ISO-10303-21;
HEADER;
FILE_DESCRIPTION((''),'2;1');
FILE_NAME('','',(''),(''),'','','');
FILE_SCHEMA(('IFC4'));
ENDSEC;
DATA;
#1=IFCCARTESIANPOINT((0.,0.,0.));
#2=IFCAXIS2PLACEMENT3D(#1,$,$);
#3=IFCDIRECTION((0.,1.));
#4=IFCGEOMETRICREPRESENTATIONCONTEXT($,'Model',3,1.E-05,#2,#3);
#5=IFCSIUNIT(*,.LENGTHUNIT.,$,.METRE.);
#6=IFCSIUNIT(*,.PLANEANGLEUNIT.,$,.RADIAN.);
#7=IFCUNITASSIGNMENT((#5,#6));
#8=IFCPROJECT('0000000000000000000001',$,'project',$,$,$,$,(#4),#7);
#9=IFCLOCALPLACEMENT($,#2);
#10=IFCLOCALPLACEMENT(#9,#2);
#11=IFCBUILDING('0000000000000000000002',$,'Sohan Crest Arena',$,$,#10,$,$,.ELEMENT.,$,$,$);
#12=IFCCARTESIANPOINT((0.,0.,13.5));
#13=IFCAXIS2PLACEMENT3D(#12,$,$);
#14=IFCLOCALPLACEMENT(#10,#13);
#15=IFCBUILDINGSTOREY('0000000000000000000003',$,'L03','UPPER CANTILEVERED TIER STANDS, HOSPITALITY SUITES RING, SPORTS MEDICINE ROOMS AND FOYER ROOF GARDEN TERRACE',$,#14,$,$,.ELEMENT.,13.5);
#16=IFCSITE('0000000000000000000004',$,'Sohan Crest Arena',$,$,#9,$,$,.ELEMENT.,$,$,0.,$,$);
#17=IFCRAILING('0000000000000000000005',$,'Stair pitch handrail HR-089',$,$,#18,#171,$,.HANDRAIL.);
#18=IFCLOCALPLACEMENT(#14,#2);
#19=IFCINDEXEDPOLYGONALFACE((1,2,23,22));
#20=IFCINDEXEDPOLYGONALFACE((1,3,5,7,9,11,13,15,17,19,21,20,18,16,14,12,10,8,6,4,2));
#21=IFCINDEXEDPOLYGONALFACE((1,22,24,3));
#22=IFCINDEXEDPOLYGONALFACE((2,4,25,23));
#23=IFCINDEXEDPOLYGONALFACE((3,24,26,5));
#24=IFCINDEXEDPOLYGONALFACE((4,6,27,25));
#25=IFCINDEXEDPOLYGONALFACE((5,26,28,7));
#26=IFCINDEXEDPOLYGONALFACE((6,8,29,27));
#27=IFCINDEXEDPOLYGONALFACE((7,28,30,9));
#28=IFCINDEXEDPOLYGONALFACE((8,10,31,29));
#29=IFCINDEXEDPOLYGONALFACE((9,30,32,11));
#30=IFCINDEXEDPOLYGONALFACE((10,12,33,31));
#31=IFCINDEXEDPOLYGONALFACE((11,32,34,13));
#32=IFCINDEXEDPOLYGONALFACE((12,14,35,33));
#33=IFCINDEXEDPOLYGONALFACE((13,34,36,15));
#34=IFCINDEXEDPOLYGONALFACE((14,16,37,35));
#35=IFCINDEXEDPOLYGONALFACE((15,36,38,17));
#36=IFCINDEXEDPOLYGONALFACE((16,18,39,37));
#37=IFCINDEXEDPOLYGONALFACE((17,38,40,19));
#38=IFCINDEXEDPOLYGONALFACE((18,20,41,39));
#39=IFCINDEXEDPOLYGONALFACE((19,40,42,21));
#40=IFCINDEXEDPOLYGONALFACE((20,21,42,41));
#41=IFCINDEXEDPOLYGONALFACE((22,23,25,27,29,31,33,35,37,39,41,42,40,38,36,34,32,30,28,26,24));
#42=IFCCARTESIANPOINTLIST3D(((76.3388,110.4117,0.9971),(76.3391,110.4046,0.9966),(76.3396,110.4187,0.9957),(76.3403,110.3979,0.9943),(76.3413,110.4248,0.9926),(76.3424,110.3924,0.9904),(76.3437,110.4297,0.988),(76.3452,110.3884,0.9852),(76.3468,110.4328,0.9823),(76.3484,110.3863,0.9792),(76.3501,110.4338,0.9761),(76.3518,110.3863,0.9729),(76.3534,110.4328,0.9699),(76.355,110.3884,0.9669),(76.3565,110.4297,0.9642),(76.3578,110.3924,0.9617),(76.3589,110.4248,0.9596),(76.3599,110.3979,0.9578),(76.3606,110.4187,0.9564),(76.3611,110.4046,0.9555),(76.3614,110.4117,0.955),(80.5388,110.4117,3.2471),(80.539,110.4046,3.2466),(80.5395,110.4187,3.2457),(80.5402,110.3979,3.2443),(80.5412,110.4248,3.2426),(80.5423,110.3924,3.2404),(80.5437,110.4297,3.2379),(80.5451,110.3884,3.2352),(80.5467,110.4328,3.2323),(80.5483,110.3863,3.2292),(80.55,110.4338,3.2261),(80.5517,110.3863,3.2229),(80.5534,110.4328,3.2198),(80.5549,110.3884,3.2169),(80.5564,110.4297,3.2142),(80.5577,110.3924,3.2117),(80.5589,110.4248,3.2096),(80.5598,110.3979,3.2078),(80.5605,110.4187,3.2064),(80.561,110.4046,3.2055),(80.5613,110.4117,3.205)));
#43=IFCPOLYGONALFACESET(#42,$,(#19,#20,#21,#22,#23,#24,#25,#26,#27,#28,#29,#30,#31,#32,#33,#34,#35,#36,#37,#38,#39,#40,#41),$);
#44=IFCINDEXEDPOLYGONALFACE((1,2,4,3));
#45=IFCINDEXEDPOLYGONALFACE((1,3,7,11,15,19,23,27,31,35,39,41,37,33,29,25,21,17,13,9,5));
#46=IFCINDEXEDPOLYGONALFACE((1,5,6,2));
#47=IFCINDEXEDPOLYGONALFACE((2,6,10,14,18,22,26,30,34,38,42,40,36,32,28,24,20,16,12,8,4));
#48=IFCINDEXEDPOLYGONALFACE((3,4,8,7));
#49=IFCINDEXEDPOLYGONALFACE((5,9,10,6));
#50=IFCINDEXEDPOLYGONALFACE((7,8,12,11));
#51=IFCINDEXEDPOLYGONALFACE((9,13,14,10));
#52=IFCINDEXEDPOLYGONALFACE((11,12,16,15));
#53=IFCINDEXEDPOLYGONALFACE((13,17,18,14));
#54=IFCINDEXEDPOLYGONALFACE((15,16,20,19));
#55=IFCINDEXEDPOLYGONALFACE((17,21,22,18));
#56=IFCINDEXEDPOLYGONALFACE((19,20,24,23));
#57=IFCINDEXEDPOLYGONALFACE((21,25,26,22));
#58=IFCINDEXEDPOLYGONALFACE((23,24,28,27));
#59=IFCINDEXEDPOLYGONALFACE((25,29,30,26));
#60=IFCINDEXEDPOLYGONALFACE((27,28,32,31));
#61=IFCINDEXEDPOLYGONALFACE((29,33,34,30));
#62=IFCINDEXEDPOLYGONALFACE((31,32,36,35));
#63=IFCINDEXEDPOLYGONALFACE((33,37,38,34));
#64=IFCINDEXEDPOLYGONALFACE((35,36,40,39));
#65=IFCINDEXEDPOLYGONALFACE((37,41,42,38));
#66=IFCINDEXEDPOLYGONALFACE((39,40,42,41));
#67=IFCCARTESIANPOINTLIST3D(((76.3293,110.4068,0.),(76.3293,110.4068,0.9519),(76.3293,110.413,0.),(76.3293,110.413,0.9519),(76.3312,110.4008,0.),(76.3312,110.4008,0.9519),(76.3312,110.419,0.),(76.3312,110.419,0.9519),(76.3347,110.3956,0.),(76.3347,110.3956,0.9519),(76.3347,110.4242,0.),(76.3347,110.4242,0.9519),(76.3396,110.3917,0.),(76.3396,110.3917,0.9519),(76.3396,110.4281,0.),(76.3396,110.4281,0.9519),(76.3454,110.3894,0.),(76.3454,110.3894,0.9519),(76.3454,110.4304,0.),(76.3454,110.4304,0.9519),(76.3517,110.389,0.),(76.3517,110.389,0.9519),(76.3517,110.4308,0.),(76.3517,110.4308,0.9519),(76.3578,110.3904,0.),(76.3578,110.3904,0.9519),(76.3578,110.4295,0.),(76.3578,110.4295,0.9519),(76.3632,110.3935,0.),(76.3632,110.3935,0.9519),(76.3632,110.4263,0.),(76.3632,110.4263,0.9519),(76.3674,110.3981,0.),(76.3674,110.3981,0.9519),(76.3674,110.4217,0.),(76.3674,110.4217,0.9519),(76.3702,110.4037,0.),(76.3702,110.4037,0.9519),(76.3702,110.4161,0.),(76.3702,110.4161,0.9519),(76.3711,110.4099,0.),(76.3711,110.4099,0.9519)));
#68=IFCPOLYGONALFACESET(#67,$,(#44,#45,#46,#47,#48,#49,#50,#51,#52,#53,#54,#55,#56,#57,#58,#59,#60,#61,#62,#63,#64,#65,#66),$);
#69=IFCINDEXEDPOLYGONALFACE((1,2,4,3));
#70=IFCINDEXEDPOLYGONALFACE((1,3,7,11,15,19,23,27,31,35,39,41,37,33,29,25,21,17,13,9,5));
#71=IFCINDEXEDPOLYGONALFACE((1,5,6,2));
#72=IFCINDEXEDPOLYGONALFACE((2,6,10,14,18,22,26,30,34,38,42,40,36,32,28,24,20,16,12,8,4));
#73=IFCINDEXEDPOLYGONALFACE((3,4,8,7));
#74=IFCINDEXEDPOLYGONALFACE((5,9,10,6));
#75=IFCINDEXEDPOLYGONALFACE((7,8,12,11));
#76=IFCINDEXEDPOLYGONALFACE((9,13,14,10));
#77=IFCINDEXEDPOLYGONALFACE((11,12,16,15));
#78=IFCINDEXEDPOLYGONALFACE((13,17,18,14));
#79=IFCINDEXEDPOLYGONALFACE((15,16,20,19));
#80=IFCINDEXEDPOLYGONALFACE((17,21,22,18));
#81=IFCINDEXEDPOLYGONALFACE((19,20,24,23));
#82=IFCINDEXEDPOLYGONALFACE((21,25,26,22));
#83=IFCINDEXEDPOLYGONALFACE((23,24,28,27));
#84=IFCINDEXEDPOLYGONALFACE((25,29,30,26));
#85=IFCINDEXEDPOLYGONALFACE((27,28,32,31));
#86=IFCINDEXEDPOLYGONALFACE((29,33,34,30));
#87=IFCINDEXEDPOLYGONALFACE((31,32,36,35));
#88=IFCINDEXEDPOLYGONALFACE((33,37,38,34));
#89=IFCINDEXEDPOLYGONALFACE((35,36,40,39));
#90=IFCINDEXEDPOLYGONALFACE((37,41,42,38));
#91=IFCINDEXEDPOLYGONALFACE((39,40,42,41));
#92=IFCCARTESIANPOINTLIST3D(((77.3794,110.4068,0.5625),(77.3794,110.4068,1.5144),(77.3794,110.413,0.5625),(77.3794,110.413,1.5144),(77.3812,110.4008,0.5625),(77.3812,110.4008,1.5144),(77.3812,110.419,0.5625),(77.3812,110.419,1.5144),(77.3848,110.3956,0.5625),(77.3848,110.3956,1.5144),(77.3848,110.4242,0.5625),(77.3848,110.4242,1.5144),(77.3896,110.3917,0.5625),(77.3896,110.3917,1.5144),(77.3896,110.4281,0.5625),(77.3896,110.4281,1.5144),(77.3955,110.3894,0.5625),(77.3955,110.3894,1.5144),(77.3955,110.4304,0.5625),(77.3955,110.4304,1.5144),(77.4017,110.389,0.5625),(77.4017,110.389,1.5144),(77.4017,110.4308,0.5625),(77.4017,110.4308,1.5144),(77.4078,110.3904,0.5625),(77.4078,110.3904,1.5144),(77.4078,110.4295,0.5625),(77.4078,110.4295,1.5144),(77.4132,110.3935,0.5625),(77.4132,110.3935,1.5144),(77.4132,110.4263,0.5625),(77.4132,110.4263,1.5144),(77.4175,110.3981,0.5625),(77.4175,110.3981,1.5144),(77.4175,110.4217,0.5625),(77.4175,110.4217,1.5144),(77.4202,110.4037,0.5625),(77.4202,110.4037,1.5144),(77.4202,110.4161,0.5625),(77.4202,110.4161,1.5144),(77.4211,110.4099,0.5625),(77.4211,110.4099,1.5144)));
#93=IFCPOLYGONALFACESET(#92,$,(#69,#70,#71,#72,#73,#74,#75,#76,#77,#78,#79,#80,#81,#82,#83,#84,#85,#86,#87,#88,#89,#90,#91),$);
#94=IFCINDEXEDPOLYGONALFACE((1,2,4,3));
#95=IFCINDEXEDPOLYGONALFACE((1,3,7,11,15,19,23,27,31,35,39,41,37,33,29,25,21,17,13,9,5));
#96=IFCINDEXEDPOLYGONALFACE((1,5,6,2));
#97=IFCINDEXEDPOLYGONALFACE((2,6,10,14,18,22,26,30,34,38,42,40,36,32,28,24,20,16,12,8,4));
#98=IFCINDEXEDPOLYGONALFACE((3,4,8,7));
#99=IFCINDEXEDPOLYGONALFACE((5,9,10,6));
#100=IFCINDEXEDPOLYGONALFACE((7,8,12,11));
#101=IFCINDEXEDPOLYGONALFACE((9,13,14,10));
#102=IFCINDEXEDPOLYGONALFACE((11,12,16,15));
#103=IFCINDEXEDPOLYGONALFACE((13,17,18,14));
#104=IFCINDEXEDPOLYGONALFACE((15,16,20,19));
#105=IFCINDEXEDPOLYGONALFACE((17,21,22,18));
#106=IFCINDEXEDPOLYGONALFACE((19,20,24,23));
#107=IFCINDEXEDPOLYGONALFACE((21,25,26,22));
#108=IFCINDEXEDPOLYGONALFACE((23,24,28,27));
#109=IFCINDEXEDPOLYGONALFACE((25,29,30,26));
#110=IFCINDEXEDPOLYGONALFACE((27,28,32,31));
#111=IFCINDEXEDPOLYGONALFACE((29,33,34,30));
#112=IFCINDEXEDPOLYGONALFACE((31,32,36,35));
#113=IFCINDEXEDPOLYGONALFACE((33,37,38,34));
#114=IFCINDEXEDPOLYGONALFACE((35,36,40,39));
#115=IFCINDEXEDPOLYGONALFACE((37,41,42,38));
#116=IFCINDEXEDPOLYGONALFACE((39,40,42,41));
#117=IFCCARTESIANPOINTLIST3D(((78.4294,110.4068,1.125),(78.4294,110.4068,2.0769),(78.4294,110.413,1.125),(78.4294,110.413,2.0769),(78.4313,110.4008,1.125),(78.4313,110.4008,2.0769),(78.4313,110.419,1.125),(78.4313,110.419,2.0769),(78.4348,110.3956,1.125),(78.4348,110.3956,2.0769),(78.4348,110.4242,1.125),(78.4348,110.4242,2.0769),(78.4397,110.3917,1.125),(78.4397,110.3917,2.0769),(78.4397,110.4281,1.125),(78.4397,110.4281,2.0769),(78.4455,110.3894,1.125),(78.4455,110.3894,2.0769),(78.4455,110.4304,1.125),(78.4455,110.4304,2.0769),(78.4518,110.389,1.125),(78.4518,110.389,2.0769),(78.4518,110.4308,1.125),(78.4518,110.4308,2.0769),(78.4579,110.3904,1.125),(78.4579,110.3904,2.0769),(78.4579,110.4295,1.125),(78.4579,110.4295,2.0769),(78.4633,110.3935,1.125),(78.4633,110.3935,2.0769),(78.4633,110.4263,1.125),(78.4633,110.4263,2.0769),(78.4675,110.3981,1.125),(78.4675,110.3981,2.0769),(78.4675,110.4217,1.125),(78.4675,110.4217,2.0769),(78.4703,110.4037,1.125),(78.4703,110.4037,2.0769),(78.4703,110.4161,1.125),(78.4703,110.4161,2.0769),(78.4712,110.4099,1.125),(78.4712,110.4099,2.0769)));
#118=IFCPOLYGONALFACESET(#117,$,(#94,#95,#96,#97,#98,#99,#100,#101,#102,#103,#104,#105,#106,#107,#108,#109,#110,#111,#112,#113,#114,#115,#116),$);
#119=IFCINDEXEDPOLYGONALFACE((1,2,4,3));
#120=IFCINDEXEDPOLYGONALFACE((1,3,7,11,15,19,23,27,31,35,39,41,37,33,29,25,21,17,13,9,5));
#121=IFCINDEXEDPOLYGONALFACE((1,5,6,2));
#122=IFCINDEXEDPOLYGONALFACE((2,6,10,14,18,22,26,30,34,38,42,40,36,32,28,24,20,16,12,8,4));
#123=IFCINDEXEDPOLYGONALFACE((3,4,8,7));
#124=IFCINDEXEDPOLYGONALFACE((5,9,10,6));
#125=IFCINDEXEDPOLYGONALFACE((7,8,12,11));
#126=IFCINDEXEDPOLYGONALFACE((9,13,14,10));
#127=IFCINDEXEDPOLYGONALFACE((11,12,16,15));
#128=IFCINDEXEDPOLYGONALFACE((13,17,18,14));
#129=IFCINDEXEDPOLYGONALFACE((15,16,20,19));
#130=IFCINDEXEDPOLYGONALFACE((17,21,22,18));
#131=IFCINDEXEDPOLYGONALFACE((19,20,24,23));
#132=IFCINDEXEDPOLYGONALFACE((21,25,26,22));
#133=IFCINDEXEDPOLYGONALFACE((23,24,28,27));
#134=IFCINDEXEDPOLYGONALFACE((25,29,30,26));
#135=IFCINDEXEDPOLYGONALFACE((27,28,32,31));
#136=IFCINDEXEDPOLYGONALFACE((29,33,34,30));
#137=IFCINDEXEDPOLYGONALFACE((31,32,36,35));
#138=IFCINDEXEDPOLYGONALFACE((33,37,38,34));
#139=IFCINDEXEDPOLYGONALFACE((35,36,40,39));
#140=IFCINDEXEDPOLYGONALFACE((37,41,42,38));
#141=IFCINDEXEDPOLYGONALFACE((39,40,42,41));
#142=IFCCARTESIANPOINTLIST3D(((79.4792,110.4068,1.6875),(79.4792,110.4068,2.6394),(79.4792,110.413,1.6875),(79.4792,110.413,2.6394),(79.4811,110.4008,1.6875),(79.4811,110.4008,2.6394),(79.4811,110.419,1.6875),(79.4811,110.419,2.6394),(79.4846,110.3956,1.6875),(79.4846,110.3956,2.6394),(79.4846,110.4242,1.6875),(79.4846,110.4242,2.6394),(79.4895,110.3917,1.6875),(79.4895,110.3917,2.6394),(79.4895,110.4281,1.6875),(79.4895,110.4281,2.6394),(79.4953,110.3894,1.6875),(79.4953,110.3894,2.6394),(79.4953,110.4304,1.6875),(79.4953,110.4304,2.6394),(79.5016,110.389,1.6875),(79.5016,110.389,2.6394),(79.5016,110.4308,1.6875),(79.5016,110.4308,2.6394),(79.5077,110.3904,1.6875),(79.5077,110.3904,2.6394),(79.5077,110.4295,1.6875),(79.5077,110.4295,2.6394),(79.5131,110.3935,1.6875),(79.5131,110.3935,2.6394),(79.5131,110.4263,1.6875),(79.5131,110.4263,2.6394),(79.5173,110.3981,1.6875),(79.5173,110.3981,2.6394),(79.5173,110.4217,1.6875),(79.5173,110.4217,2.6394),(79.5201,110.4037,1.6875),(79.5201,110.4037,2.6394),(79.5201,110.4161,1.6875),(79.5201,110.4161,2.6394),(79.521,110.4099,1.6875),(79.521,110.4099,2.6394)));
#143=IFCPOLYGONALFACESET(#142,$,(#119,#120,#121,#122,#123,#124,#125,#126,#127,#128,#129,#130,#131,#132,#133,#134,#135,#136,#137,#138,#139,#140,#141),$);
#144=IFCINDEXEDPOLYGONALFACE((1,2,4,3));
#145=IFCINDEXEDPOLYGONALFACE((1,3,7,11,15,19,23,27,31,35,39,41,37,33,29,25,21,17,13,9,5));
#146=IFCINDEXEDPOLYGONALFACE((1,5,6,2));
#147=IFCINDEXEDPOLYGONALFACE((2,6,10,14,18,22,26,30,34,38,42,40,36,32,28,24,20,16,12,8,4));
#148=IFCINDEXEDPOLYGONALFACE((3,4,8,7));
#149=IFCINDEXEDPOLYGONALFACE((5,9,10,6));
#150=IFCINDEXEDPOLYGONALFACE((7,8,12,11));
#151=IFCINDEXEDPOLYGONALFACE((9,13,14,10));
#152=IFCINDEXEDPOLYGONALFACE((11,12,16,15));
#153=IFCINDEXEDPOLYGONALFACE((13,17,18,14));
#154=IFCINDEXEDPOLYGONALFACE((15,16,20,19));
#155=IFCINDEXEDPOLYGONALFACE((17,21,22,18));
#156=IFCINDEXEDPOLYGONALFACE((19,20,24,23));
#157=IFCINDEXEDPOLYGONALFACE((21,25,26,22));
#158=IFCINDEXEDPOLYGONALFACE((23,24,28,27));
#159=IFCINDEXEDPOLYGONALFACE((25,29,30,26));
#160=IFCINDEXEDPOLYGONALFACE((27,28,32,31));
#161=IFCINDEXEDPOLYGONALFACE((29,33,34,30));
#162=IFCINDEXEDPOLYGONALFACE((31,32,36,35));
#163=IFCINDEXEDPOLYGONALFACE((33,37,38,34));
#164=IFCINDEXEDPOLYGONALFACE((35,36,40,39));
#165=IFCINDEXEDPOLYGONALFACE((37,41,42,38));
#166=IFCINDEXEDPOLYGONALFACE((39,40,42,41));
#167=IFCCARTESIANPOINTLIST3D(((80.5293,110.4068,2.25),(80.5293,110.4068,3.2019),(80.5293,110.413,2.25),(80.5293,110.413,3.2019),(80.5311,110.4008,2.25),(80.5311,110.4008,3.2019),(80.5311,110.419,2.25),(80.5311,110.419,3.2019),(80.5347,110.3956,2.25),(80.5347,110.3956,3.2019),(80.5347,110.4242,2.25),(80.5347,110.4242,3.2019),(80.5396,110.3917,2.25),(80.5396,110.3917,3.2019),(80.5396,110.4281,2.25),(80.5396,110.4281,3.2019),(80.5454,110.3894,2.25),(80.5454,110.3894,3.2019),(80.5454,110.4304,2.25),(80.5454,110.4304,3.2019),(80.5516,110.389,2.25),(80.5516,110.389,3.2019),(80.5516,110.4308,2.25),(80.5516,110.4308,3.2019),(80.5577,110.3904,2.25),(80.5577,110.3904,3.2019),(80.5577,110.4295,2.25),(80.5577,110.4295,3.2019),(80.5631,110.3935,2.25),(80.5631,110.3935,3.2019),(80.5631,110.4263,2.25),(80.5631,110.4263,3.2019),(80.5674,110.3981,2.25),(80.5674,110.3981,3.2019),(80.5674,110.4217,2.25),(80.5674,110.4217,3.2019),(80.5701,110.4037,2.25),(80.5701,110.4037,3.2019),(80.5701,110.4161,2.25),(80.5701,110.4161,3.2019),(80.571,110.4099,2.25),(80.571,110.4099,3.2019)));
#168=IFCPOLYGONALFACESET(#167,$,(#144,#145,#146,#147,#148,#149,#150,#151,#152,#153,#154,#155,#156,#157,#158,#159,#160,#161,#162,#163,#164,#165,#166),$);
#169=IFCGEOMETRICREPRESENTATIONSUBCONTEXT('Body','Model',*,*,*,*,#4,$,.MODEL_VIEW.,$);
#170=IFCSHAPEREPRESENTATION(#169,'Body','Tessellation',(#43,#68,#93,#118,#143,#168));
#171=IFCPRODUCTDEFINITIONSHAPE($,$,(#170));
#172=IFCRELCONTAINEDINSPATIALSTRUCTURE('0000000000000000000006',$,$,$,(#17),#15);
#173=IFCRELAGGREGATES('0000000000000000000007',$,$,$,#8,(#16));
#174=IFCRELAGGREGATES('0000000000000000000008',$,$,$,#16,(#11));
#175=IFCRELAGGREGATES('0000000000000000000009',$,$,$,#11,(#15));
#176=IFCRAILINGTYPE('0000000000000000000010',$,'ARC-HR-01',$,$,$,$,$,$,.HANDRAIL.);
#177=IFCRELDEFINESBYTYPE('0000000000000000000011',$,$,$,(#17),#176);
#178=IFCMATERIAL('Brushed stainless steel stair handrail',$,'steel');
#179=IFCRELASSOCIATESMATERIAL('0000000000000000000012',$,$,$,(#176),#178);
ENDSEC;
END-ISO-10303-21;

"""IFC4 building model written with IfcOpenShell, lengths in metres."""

from ifc_helpers import new_model, si_unit, direction, frame, origin, origin_2d, place, context, subcontext, project, spatial, circle, extrude, material, type_object, element, save


model = new_model("IFC4")

# Units and contexts
model_context = context("Model", 3, precision=1e-05, world=origin(), true_north=direction((0.0, 1.0)))
body_context = subcontext(model_context, "Body", "Model", "MODEL_VIEW")
ifc_project = project(units=[si_unit("LENGTHUNIT", "METRE"), si_unit("PLANEANGLEUNIT", "RADIAN")], contexts=[model_context])

# Site, building, storey
site_placement = place(None, origin())
site = spatial("IfcSite", under=ifc_project, at=site_placement, Name="Sohan Crest Arena", CompositionType="ELEMENT", RefElevation=0.0)
building_placement = place(site_placement, origin())
building = spatial("IfcBuilding", under=site, at=building_placement, Name="Sohan Crest Arena", CompositionType="ELEMENT")
storey_placement = place(building_placement, frame((0.0, 0.0, 13.5)))
storey = spatial("IfcBuildingStorey", under=building, at=storey_placement, Name="L03", Description="UPPER CANTILEVERED TIER STANDS, HOSPITALITY SUITES RING, SPORTS MEDICINE ROOMS AND FOYER ROOF GARDEN TERRACE", CompositionType="ELEMENT", Elevation=13.5)

# Railing
ifc_material_1 = material(Name="Brushed stainless steel stair handrail", Category="steel")
railing_type_1 = type_object("IfcRailingType", Name="ARC-HR-01", PredefinedType="HANDRAIL", material=ifc_material_1)
for number, where, name in (
    (1, (76.3501, 110.4099, 0.0), "Stair pitch handrail HR-089"),
):
    element("IfcRailing", number, at=place(storey_placement, frame(where)), inside=storey, type_object=railing_type_1, Name=name, PredefinedType="HANDRAIL", context=body_context, shape_type="SweptSolid", body=[
        extrude(circle(Radius=0.0239, at=origin_2d()), frame((0.0, 0.0, 0.9761), z_axis=(0.881478, 0.0, 0.472226), x_axis=(0.0, 1.0, 0.0)), (0.0, 0.0, 1.0), 4.7646),
        extrude(circle(Radius=0.021, at=origin_2d()), origin(), (0.0, 0.0, 1.0), 0.9519),
        extrude(circle(Radius=0.021, at=origin_2d()), frame((1.05, 0.0, 0.5625)), (0.0, 0.0, 1.0), 0.9519),
        extrude(circle(Radius=0.021, at=origin_2d()), frame((2.1001, 0.0, 1.125)), (0.0, 0.0, 1.0), 0.9519),
        extrude(circle(Radius=0.021, at=origin_2d()), frame((3.1499, 0.0, 1.6875)), (0.0, 0.0, 1.0), 0.9519),
        extrude(circle(Radius=0.021, at=origin_2d()), frame((4.2, 0.0, 2.25)), (0.0, 0.0, 1.0), 0.9519),
    ])

save(model, "model.ifc")
